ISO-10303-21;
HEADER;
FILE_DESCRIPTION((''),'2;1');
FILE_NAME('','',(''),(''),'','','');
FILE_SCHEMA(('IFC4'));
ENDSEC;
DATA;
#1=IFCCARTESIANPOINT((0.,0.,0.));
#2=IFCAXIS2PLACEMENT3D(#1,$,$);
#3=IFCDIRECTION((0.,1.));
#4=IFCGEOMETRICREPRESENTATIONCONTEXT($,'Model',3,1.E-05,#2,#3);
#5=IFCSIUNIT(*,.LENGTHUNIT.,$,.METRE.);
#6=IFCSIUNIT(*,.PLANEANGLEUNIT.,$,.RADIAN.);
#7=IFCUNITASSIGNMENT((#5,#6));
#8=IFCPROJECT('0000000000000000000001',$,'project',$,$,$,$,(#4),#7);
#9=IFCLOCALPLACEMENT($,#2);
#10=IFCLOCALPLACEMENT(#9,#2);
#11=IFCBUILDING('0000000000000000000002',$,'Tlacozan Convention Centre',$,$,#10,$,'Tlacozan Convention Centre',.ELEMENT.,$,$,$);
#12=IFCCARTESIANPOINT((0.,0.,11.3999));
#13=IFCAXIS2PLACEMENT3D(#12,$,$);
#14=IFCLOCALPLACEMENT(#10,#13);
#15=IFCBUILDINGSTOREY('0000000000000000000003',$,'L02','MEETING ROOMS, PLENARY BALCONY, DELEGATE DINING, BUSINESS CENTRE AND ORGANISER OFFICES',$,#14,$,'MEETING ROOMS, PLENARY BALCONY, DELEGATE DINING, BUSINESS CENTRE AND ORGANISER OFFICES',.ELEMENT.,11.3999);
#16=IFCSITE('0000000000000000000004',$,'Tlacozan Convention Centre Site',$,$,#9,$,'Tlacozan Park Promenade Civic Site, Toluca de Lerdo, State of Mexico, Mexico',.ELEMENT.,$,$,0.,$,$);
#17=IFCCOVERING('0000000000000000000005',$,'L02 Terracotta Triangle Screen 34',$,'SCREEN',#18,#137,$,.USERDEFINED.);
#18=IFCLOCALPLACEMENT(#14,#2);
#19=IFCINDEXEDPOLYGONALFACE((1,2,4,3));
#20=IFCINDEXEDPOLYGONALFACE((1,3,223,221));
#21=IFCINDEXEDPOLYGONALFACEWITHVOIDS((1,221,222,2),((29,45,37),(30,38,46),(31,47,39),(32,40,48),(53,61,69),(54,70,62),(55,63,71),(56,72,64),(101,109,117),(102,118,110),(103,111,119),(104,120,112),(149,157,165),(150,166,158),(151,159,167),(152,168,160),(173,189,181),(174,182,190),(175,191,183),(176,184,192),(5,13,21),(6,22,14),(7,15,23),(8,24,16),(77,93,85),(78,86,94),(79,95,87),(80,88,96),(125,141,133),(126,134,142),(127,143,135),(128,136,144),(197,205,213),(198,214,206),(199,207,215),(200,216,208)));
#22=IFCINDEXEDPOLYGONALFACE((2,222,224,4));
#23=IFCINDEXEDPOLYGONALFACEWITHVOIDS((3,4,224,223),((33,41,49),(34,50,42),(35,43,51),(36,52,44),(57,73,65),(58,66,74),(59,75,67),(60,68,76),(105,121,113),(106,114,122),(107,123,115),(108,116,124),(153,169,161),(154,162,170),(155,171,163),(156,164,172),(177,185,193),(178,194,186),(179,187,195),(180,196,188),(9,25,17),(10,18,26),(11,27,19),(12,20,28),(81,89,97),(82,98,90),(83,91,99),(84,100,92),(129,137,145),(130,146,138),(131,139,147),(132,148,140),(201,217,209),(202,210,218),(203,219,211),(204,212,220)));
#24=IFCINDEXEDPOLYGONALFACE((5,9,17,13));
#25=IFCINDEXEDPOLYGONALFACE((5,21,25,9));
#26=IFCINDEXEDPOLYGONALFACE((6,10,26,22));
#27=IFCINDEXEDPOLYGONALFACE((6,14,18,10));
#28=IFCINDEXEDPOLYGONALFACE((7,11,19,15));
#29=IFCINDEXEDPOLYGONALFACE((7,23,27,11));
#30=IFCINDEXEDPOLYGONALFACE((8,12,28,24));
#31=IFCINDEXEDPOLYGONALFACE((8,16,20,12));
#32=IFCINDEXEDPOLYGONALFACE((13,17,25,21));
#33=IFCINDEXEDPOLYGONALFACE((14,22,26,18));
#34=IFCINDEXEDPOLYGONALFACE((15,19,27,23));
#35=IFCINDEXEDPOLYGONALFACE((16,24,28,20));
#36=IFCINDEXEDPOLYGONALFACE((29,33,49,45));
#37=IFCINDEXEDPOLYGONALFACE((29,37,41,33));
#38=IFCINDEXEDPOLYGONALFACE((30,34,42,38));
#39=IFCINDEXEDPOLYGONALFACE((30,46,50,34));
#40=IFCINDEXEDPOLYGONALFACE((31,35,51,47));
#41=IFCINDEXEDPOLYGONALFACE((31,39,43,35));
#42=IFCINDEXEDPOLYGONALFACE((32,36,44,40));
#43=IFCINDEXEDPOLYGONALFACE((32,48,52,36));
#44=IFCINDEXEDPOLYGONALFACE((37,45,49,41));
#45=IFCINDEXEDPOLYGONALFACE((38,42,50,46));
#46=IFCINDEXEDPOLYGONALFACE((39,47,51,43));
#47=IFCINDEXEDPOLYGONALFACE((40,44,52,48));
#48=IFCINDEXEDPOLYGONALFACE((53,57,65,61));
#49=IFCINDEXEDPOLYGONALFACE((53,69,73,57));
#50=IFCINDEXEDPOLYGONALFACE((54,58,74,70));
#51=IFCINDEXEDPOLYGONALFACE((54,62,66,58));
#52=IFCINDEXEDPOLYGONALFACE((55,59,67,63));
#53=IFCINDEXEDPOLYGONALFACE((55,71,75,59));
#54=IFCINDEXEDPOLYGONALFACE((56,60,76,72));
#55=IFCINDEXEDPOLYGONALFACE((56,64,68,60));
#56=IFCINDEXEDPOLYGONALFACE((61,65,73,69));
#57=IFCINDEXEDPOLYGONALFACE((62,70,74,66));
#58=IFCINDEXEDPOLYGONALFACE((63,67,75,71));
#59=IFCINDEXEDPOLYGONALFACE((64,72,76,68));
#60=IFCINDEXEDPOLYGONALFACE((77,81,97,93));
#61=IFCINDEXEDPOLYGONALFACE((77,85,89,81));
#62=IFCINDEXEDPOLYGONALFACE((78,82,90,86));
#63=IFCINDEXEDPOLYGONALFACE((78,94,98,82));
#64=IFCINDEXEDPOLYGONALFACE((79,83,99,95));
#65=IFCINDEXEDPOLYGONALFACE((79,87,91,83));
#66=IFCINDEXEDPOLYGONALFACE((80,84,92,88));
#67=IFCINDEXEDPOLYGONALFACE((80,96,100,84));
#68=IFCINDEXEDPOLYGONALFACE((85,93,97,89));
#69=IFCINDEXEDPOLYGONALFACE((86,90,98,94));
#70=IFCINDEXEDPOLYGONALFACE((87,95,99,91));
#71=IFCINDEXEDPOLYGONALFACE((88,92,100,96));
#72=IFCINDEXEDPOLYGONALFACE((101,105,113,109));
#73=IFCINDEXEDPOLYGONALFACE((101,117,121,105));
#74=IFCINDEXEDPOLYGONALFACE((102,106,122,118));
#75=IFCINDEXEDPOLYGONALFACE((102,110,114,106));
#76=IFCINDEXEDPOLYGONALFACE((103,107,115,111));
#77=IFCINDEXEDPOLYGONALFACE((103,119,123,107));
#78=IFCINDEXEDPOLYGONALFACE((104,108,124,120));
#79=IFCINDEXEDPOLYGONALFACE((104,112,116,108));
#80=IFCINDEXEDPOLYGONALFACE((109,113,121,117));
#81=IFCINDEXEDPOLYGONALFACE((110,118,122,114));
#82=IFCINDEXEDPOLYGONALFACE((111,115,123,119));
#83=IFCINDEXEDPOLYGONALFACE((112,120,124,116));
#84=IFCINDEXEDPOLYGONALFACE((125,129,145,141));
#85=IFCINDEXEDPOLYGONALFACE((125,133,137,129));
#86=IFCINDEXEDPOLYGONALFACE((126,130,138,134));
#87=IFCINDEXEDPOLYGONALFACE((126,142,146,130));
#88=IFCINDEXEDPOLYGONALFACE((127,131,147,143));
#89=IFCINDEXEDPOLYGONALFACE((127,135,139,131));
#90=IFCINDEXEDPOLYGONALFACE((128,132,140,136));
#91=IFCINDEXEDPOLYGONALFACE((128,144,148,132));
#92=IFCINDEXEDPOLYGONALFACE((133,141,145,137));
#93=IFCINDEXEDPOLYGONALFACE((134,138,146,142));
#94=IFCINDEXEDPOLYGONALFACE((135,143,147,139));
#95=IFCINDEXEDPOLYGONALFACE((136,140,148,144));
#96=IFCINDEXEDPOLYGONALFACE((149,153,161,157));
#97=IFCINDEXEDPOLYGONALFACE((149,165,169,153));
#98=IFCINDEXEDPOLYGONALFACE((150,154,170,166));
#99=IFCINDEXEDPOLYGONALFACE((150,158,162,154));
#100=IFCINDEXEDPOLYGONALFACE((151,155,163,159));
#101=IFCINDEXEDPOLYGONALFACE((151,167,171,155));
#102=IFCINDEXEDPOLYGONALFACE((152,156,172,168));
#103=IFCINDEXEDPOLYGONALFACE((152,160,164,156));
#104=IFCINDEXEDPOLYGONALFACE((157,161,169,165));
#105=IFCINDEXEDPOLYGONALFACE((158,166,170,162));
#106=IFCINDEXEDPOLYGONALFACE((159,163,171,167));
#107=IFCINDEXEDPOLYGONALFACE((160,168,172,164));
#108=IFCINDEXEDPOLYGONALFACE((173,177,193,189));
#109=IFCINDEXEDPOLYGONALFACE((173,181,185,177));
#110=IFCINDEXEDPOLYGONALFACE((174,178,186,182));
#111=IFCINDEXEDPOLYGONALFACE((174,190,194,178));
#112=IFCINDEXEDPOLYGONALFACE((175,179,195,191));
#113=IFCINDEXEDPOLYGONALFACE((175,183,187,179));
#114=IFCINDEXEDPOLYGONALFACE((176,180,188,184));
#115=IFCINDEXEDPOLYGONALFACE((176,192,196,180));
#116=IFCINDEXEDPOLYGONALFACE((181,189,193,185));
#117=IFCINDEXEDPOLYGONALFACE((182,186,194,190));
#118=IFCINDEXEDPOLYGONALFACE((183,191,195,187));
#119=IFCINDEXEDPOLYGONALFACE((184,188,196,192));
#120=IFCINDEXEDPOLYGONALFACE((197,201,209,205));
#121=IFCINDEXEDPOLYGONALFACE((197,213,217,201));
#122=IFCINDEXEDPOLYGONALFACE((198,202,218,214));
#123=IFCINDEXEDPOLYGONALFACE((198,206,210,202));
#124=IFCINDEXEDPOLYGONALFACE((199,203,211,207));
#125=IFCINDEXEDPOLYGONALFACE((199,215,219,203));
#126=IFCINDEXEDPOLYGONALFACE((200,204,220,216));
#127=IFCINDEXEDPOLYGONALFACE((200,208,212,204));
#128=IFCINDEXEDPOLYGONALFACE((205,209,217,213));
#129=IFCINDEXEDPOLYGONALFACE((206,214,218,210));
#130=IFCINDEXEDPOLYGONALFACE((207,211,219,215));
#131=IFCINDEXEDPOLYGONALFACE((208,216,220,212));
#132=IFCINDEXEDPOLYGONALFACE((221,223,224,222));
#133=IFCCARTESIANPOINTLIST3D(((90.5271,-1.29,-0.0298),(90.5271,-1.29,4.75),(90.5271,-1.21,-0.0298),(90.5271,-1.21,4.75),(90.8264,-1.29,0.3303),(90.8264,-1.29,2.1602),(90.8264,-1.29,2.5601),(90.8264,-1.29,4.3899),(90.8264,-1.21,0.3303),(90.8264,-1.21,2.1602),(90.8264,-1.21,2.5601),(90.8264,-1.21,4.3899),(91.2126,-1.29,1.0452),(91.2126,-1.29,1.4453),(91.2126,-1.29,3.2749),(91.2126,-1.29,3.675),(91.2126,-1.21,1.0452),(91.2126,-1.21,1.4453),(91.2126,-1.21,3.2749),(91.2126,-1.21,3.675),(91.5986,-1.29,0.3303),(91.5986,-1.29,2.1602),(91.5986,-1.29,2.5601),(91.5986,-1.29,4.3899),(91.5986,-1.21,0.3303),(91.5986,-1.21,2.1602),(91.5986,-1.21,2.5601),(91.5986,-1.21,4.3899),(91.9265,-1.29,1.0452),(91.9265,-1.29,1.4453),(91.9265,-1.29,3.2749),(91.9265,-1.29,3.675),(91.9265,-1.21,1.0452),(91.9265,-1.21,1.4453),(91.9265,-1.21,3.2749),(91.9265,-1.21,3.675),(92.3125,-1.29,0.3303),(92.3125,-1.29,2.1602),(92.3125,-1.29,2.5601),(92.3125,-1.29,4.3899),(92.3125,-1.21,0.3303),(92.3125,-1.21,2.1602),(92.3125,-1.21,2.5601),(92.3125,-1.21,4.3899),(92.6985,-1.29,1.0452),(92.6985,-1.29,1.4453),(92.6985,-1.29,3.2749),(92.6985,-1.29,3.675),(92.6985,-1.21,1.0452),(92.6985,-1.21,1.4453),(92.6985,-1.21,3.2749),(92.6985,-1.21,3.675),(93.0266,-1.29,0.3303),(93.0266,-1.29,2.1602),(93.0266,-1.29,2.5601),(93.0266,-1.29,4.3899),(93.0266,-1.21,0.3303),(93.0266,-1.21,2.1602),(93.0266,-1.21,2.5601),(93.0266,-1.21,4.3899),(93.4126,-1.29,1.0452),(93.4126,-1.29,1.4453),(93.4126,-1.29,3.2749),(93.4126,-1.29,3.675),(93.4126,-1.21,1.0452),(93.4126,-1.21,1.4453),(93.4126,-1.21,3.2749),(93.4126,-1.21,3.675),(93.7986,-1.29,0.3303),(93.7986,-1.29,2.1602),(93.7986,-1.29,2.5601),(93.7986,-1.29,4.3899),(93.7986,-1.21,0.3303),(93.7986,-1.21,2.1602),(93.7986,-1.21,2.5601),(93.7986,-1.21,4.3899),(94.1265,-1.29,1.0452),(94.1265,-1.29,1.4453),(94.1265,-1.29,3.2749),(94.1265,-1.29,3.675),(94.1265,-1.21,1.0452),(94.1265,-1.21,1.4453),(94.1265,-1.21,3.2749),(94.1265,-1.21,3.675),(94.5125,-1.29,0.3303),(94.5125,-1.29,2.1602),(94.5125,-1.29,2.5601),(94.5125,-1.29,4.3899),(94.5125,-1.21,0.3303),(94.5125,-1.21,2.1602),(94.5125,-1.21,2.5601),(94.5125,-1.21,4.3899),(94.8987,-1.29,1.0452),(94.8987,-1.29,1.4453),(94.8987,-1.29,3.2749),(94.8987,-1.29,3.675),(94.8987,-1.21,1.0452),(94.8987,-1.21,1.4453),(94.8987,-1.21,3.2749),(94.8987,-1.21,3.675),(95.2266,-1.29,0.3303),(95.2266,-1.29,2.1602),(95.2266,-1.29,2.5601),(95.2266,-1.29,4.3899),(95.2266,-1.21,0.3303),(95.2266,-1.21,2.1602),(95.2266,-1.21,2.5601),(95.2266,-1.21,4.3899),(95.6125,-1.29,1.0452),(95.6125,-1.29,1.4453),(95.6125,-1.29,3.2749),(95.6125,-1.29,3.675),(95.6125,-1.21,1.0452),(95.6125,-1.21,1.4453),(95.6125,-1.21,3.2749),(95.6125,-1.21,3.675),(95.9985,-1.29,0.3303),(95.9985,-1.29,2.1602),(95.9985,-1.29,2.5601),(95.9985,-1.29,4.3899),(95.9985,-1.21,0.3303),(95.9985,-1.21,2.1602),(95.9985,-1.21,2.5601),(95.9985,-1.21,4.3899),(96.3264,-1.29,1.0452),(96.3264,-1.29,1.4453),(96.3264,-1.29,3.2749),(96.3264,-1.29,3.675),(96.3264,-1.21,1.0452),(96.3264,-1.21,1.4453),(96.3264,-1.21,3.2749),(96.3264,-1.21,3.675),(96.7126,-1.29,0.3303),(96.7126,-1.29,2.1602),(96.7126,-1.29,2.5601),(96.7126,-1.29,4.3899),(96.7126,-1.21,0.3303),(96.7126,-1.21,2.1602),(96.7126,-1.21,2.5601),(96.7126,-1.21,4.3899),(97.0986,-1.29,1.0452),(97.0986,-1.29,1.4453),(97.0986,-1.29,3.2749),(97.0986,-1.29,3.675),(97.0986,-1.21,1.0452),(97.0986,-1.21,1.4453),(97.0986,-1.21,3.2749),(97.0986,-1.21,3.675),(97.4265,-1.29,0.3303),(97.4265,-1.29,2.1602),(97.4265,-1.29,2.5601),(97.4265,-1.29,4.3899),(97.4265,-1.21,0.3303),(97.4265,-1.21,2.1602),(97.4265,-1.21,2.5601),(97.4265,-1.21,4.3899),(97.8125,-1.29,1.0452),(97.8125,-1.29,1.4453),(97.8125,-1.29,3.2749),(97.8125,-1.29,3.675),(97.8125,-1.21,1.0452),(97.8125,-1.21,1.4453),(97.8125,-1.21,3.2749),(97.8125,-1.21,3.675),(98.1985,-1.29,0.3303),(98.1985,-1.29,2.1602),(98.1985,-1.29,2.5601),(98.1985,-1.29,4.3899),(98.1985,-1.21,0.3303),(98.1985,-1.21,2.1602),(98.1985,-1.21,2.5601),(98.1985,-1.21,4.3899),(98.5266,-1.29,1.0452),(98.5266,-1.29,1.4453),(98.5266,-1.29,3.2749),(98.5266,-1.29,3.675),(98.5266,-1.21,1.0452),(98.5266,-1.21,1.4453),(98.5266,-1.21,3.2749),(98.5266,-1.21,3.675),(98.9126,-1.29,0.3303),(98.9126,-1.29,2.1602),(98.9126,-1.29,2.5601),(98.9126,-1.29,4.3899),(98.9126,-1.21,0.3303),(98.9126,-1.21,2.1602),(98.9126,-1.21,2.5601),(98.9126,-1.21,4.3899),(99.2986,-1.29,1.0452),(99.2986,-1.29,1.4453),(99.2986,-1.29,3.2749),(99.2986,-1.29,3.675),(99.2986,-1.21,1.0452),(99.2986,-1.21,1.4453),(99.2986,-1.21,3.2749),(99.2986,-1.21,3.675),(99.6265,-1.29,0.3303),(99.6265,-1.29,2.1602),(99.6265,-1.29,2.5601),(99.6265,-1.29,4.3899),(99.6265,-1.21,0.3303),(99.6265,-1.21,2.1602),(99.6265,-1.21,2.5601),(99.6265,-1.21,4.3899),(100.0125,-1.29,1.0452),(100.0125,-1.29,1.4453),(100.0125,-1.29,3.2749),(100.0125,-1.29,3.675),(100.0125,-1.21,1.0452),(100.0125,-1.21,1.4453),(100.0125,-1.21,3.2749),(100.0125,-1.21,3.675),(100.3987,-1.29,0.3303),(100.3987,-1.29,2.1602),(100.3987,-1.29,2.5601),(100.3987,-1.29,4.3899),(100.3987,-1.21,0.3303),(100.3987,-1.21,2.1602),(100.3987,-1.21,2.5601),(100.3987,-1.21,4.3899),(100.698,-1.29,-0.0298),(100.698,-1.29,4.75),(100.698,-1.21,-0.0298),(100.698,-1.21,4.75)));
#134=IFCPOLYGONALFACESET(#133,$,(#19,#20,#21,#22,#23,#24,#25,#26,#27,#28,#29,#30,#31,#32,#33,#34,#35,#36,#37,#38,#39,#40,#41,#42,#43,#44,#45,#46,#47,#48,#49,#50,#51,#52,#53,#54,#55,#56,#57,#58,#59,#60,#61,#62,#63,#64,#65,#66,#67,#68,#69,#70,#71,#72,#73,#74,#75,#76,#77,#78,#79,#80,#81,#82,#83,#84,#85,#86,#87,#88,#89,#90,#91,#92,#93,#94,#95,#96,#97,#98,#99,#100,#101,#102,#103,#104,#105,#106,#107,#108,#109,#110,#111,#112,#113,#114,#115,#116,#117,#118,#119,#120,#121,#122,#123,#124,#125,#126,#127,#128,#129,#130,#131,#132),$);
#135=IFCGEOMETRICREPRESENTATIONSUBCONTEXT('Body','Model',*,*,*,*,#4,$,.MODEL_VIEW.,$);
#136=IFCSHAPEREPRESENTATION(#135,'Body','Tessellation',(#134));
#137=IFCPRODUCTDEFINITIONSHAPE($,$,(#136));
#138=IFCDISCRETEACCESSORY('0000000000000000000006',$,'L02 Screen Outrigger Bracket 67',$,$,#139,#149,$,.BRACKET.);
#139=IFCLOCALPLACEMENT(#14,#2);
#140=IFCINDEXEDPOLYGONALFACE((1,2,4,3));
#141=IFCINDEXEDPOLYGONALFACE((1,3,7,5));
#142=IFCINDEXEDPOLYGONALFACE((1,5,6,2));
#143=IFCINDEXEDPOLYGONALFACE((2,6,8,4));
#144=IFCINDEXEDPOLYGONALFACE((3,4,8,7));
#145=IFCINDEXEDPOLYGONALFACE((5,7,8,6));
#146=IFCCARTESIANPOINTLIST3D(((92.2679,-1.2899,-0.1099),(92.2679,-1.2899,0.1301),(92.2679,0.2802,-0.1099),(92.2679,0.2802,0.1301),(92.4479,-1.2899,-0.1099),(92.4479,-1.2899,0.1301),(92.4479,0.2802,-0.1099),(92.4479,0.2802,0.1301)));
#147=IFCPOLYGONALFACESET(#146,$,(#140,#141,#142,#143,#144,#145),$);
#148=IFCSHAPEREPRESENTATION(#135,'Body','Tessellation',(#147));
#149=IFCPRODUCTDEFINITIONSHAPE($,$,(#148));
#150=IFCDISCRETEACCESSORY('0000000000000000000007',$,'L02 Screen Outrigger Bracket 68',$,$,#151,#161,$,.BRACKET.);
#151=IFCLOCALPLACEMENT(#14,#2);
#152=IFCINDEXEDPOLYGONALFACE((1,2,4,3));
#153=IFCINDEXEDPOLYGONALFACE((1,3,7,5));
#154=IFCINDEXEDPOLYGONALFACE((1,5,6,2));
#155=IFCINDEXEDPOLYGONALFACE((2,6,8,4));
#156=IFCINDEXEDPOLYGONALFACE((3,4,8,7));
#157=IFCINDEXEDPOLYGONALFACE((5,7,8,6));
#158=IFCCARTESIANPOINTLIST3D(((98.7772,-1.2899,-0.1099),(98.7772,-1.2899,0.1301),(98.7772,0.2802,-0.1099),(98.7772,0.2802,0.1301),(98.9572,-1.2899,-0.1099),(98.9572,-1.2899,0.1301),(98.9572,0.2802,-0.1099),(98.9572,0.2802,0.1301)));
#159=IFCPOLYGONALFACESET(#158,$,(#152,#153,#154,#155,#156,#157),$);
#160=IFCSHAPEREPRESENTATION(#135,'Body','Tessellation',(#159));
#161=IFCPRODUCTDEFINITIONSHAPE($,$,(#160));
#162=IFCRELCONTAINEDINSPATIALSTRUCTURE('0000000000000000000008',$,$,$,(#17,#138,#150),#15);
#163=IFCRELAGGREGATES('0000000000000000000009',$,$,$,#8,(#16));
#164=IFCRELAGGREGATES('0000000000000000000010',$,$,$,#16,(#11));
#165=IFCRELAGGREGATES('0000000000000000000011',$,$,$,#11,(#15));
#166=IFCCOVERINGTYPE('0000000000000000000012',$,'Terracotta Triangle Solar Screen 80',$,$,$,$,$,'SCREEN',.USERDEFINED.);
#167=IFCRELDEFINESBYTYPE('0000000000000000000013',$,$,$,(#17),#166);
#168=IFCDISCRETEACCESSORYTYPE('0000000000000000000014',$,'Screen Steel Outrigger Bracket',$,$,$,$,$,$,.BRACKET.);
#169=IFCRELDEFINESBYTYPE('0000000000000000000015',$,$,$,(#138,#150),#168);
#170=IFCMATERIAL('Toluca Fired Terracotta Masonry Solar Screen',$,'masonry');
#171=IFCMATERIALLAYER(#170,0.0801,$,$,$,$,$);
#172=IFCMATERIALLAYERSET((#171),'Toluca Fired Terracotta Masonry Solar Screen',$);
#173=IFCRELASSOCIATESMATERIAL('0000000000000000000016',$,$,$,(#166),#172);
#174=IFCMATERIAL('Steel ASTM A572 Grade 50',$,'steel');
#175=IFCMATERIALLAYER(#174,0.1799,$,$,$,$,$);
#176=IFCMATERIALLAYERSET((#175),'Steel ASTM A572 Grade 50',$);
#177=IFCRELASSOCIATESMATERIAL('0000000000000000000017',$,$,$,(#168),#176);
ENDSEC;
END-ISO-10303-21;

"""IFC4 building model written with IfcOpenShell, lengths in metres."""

from ifc_helpers import new_model, si_unit, direction, frame, origin, origin_2d, place, context, subcontext, project, spatial, polyline, rectangle, outline, extrude, material, layer, layer_set, type_object, element, save


model = new_model("IFC4")

# Units and contexts
model_context = context("Model", 3, precision=1e-05, world=origin(), true_north=direction((0.0, 1.0)))
body_context = subcontext(model_context, "Body", "Model", "MODEL_VIEW")
ifc_project = project(units=[si_unit("LENGTHUNIT", "METRE"), si_unit("PLANEANGLEUNIT", "RADIAN")], contexts=[model_context])

# Site, building, storey
site_placement = place(None, origin())
site = spatial("IfcSite", under=ifc_project, at=site_placement, Name="Tlacozan Convention Centre Site", LongName="Tlacozan Park Promenade Civic Site, Toluca de Lerdo, State of Mexico, Mexico", CompositionType="ELEMENT", RefElevation=0.0)
building_placement = place(site_placement, origin())
building = spatial("IfcBuilding", under=site, at=building_placement, Name="Tlacozan Convention Centre", LongName="Tlacozan Convention Centre", CompositionType="ELEMENT")
storey_placement = place(building_placement, frame((0.0, 0.0, 11.3999)))
storey = spatial("IfcBuildingStorey", under=building, at=storey_placement, Name="L02", Description="MEETING ROOMS, PLENARY BALCONY, DELEGATE DINING, BUSINESS CENTRE AND ORGANISER OFFICES", LongName="MEETING ROOMS, PLENARY BALCONY, DELEGATE DINING, BUSINESS CENTRE AND ORGANISER OFFICES", CompositionType="ELEMENT", Elevation=11.3999)

# Covering
ifc_material_1 = material(Name="Toluca Fired Terracotta Masonry Solar Screen", Category="masonry")
ifc_layer_1 = layer(ifc_material_1, 0.0801)
ifc_layer_set_1 = layer_set([ifc_layer_1], Name="Toluca Fired Terracotta Masonry Solar Screen")
covering_type = type_object("IfcCoveringType", Name="Terracotta Triangle Solar Screen 80", ElementType="SCREEN", PredefinedType="USERDEFINED", material=ifc_layer_set_1)
covering_placement = place(storey_placement, frame((90.5271, -1.25, -0.0298), z_axis=(0.0, 0.0, 1.0), x_axis=(1.0, 0.0, 0.0)))
element("IfcCovering", 1, at=covering_placement, inside=storey, type_object=covering_type, Name="L02 Terracotta Triangle Screen 34", ObjectType="SCREEN", PredefinedType="USERDEFINED", context=body_context, shape_type="SweptSolid", body=[
    extrude(outline(polyline([(0.0, 0.0), (10.1709, 0.0), (10.1709, 4.7798), (0.0, 4.7798), (0.0, 0.0)]), holes=[polyline([(0.2993, 0.3601), (1.0715, 0.3601), (0.6855, 1.075), (0.2993, 0.3601)]), polyline([(1.3994, 1.075), (2.1714, 1.075), (1.7854, 0.3601), (1.3994, 1.075)]), polyline([(2.4995, 0.3601), (3.2715, 0.3601), (2.8855, 1.075), (2.4995, 0.3601)]), polyline([(3.5994, 1.075), (4.3716, 1.075), (3.9854, 0.3601), (3.5994, 1.075)]), polyline([(4.6995, 0.3601), (5.4714, 0.3601), (5.0854, 1.075), (4.6995, 0.3601)]), polyline([(5.7993, 1.075), (6.5715, 1.075), (6.1855, 0.3601), (5.7993, 1.075)]), polyline([(6.8994, 0.3601), (7.6714, 0.3601), (7.2854, 1.075), (6.8994, 0.3601)]), polyline([(7.9995, 1.075), (8.7715, 1.075), (8.3855, 0.3601), (7.9995, 1.075)]), polyline([(9.0994, 0.3601), (9.8716, 0.3601), (9.4854, 1.075), (9.0994, 0.3601)]), polyline([(0.2993, 2.1899), (1.0715, 2.1899), (0.6855, 1.4751), (0.2993, 2.1899)]), polyline([(1.3994, 1.4751), (2.1714, 1.4751), (1.7854, 2.1899), (1.3994, 1.4751)]), polyline([(2.4995, 2.1899), (3.2715, 2.1899), (2.8855, 1.4751), (2.4995, 2.1899)]), polyline([(3.5994, 1.4751), (4.3716, 1.4751), (3.9854, 2.1899), (3.5994, 1.4751)]), polyline([(4.6995, 2.1899), (5.4714, 2.1899), (5.0854, 1.4751), (4.6995, 2.1899)]), polyline([(5.7993, 1.4751), (6.5715, 1.4751), (6.1855, 2.1899), (5.7993, 1.4751)]), polyline([(6.8994, 2.1899), (7.6714, 2.1899), (7.2854, 1.4751), (6.8994, 2.1899)]), polyline([(7.9995, 1.4751), (8.7715, 1.4751), (8.3855, 2.1899), (7.9995, 1.4751)]), polyline([(9.0994, 2.1899), (9.8716, 2.1899), (9.4854, 1.4751), (9.0994, 2.1899)]), polyline([(0.2993, 2.5898), (1.0715, 2.5898), (0.6855, 3.3047), (0.2993, 2.5898)]), polyline([(1.3994, 3.3047), (2.1714, 3.3047), (1.7854, 2.5898), (1.3994, 3.3047)]), polyline([(2.4995, 2.5898), (3.2715, 2.5898), (2.8855, 3.3047), (2.4995, 2.5898)]), polyline([(3.5994, 3.3047), (4.3716, 3.3047), (3.9854, 2.5898), (3.5994, 3.3047)]), polyline([(4.6995, 2.5898), (5.4714, 2.5898), (5.0854, 3.3047), (4.6995, 2.5898)]), polyline([(5.7993, 3.3047), (6.5715, 3.3047), (6.1855, 2.5898), (5.7993, 3.3047)]), polyline([(6.8994, 2.5898), (7.6714, 2.5898), (7.2854, 3.3047), (6.8994, 2.5898)]), polyline([(7.9995, 3.3047), (8.7715, 3.3047), (8.3855, 2.5898), (7.9995, 3.3047)]), polyline([(9.0994, 2.5898), (9.8716, 2.5898), (9.4854, 3.3047), (9.0994, 2.5898)]), polyline([(0.2993, 4.4197), (1.0715, 4.4197), (0.6855, 3.7048), (0.2993, 4.4197)]), polyline([(1.3994, 3.7048), (2.1714, 3.7048), (1.7854, 4.4197), (1.3994, 3.7048)]), polyline([(2.4995, 4.4197), (3.2715, 4.4197), (2.8855, 3.7048), (2.4995, 4.4197)]), polyline([(3.5994, 3.7048), (4.3716, 3.7048), (3.9854, 4.4197), (3.5994, 3.7048)]), polyline([(4.6995, 4.4197), (5.4714, 4.4197), (5.0854, 3.7048), (4.6995, 4.4197)]), polyline([(5.7993, 3.7048), (6.5715, 3.7048), (6.1855, 4.4197), (5.7993, 3.7048)]), polyline([(6.8994, 4.4197), (7.6714, 4.4197), (7.2854, 3.7048), (6.8994, 4.4197)]), polyline([(7.9995, 3.7048), (8.7715, 3.7048), (8.3855, 4.4197), (7.9995, 3.7048)]), polyline([(9.0994, 4.4197), (9.8716, 4.4197), (9.4854, 3.7048), (9.0994, 4.4197)])]), frame((0.0, 0.04, 0.0), z_axis=(0.0, -1.0, 0.0), x_axis=(1.0, 0.0, 0.0)), (0.0, 0.0, 1.0), 0.0801),
])

# Discrete accessories
ifc_material_2 = material(Name="Steel ASTM A572 Grade 50", Category="steel")
ifc_layer_2 = layer(ifc_material_2, 0.1799)
ifc_layer_set_2 = layer_set([ifc_layer_2], Name="Steel ASTM A572 Grade 50")
discrete_accessory_type = type_object("IfcDiscreteAccessoryType", Name="Screen Steel Outrigger Bracket", PredefinedType="BRACKET", material=ifc_layer_set_2)
for number, where, z_axis, x_axis, name in (
    (2, (92.3579, -0.5049, -0.1099), (0.0, 0.0, 1.0), (0.0, 1.0, 0.0), "L02 Screen Outrigger Bracket 67"),
    (3, (98.8672, -0.5049, -0.1099), (0.0, 0.0, 1.0), (0.0, 1.0, 0.0), "L02 Screen Outrigger Bracket 68"),
):
    element("IfcDiscreteAccessory", number, at=place(storey_placement, frame(where, z_axis=z_axis, x_axis=x_axis)), inside=storey, type_object=discrete_accessory_type, Name=name, PredefinedType="BRACKET", context=body_context, shape_type="SweptSolid", body=[
        extrude(rectangle(XDim=1.5701, YDim=0.1799, at=origin_2d()), origin(), (0.0, 0.0, 1.0), 0.24),
    ])

save(model, "model.ifc")
